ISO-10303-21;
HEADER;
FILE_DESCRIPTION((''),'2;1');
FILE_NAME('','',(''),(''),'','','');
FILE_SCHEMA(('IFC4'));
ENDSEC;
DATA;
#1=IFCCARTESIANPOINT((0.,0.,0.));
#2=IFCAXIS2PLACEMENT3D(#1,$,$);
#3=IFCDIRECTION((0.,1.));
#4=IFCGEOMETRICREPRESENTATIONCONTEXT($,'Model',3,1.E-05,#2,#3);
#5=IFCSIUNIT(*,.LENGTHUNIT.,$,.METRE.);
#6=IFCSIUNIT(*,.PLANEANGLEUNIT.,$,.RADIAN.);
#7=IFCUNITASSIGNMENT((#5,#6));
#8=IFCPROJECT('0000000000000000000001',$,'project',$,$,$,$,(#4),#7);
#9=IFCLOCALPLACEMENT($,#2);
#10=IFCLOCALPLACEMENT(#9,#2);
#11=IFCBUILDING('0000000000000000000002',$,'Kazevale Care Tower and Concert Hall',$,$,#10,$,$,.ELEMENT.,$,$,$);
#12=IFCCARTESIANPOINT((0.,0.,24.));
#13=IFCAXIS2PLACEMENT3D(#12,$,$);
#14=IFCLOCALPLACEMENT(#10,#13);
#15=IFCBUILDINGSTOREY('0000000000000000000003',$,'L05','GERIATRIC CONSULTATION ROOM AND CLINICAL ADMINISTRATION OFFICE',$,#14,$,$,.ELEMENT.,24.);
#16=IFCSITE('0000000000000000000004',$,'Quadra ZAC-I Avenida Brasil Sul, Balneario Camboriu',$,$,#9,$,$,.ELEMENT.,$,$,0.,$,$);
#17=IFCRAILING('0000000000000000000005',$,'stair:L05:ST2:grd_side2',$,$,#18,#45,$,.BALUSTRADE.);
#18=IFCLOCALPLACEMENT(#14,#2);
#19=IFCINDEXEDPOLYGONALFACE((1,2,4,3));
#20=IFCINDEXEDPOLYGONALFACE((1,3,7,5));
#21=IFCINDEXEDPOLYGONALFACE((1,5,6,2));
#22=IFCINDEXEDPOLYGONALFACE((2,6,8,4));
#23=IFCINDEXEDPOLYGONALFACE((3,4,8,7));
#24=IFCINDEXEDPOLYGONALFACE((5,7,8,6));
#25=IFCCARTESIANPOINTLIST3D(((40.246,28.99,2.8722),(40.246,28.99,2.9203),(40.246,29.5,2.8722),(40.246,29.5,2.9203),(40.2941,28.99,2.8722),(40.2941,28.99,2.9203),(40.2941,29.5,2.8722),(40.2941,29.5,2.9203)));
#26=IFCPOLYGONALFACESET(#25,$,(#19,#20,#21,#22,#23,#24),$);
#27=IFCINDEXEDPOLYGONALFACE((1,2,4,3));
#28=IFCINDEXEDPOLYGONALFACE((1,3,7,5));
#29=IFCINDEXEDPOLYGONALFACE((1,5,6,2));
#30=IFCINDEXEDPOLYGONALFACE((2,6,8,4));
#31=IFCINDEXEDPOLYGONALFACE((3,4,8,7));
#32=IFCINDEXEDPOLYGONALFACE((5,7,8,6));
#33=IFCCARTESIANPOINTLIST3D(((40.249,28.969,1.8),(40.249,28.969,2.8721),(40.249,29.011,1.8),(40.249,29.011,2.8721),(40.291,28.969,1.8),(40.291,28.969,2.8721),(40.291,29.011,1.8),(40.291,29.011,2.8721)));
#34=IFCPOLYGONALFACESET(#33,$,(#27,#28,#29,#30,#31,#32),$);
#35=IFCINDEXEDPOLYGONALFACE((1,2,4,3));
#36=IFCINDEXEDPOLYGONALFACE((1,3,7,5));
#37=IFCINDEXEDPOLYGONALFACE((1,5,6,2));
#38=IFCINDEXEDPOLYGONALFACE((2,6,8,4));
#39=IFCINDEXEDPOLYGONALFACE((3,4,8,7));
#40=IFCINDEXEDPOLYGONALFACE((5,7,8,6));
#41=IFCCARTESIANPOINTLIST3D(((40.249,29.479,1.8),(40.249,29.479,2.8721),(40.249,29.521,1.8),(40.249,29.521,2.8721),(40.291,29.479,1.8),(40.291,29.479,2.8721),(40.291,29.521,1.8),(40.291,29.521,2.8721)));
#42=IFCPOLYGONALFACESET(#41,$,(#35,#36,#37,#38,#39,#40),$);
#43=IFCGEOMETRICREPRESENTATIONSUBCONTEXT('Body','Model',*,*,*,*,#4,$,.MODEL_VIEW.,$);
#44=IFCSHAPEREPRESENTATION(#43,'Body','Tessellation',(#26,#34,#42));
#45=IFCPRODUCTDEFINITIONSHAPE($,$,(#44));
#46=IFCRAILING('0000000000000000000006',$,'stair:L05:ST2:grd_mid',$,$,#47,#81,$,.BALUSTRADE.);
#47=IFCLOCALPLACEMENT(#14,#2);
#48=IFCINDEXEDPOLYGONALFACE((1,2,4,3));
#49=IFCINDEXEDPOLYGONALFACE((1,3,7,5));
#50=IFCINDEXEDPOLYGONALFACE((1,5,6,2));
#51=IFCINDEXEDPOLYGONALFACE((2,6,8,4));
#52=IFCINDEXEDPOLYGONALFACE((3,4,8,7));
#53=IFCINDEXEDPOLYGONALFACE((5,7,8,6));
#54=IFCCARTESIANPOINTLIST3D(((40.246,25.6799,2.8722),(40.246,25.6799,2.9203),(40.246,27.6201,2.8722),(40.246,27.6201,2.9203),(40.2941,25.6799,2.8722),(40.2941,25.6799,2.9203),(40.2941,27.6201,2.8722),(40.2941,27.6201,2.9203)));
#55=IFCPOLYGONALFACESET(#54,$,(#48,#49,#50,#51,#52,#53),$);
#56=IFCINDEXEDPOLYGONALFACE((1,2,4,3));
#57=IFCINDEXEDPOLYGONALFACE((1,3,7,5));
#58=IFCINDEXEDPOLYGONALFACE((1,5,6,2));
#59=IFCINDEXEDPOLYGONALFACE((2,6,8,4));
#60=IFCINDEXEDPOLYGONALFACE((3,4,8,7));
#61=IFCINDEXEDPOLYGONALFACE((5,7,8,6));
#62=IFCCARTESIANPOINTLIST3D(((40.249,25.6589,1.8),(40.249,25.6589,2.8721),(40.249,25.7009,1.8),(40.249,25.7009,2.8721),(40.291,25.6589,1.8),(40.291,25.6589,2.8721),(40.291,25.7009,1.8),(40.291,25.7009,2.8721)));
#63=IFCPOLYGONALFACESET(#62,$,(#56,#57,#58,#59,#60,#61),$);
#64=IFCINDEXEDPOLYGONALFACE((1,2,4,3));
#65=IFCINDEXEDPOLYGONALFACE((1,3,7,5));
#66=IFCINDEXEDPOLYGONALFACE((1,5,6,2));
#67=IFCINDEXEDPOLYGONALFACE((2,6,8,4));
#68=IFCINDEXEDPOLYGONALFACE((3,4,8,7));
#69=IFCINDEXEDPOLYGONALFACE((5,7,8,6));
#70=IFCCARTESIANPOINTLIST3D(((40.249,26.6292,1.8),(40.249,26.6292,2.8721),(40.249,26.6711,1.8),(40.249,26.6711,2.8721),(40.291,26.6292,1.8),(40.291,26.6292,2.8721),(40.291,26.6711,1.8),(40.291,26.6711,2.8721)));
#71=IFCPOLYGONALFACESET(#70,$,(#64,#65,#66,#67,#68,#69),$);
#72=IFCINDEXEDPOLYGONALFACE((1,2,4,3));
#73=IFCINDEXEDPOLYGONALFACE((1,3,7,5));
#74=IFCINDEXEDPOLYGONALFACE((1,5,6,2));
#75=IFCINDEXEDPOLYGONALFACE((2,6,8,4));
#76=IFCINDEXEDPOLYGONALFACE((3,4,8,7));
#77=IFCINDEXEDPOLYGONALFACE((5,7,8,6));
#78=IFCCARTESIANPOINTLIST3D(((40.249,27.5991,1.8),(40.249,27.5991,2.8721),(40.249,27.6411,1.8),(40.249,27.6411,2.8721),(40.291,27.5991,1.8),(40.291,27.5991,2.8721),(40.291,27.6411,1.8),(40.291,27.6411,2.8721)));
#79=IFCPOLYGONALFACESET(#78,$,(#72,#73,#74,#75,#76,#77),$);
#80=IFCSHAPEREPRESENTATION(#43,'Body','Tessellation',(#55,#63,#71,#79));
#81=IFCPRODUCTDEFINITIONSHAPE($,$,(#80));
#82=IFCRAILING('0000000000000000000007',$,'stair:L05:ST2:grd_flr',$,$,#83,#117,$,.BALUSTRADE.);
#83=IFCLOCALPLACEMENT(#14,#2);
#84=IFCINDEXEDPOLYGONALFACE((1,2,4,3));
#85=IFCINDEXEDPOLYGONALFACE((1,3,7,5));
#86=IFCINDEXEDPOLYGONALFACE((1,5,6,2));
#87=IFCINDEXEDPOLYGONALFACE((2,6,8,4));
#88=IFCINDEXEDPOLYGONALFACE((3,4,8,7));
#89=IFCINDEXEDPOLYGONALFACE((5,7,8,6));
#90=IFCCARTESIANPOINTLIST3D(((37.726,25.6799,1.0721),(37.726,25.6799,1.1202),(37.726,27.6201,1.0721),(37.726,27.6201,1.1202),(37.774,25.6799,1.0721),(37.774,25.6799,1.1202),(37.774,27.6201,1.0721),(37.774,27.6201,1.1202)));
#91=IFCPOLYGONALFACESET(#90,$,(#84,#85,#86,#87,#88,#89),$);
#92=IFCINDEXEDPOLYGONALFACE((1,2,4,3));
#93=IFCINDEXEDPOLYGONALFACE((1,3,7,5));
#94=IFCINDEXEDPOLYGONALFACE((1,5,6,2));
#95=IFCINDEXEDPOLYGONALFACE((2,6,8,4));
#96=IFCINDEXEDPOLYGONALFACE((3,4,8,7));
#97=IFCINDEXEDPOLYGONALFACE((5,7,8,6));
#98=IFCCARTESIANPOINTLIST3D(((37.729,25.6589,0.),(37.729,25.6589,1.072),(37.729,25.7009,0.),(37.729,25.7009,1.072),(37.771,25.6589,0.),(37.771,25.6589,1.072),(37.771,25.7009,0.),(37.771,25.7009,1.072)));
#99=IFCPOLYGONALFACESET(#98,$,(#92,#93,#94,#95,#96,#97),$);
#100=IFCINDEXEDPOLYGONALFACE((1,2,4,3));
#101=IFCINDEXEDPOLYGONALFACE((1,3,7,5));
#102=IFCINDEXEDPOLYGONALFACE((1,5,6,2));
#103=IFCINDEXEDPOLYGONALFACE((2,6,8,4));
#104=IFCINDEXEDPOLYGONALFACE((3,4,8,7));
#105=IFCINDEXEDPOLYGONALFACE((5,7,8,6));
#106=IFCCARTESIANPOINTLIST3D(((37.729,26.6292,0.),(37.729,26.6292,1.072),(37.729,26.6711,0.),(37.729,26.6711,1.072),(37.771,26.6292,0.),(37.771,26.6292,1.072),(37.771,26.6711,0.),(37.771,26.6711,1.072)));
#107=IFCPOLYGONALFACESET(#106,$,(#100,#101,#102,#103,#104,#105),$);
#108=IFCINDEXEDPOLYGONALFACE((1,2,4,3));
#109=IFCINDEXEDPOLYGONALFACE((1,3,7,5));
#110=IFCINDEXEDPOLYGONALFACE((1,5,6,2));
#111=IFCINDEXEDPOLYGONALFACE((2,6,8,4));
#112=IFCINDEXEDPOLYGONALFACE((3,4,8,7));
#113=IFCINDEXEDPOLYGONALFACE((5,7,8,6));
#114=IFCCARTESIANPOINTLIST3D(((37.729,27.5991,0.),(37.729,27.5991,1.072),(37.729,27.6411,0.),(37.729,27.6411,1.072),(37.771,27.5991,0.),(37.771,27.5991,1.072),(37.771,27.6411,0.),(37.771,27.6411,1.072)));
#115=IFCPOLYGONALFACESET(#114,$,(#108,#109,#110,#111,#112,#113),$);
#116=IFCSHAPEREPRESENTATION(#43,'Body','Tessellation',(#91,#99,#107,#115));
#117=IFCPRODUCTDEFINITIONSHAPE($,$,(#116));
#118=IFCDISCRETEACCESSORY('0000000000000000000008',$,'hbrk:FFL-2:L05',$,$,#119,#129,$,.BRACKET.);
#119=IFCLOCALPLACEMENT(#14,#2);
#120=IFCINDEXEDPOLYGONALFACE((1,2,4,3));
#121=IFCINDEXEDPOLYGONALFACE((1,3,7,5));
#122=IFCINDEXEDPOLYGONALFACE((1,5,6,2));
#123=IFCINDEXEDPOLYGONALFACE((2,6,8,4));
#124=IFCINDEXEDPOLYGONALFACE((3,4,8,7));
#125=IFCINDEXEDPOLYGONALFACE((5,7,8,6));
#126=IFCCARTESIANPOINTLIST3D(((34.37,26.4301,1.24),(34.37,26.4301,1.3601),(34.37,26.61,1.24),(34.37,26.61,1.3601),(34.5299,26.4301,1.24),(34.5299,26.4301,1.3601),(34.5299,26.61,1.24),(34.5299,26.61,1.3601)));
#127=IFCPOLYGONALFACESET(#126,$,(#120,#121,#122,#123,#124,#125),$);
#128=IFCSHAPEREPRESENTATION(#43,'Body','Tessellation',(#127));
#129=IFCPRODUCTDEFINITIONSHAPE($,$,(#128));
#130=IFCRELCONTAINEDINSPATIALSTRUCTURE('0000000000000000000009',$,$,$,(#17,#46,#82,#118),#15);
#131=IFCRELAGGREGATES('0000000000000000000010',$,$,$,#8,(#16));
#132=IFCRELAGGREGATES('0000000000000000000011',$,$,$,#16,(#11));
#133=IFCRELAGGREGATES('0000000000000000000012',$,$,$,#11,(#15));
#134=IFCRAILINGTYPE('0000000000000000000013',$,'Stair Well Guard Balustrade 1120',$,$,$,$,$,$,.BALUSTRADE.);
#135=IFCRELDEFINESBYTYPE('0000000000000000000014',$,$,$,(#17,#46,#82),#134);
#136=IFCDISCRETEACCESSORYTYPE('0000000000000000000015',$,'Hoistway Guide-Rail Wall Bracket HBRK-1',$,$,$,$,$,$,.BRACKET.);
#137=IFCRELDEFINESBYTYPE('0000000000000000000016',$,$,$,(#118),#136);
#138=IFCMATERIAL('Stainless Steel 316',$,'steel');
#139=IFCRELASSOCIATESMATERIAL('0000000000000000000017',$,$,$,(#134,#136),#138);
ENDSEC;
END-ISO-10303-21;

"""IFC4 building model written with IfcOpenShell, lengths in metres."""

from ifc_helpers import new_model, si_unit, direction, frame, origin, origin_2d, place, context, subcontext, project, spatial, rectangle, extrude, material, type_object, element, save


model = new_model("IFC4")

# Units and contexts
model_context = context("Model", 3, precision=1e-05, world=origin(), true_north=direction((0.0, 1.0)))
body_context = subcontext(model_context, "Body", "Model", "MODEL_VIEW")
ifc_project = project(units=[si_unit("LENGTHUNIT", "METRE"), si_unit("PLANEANGLEUNIT", "RADIAN")], contexts=[model_context])

# Site, building, storey
site_placement = place(None, origin())
site = spatial("IfcSite", under=ifc_project, at=site_placement, Name="Quadra ZAC-I Avenida Brasil Sul, Balneario Camboriu", CompositionType="ELEMENT", RefElevation=0.0)
building_placement = place(site_placement, origin())
building = spatial("IfcBuilding", under=site, at=building_placement, Name="Kazevale Care Tower and Concert Hall", CompositionType="ELEMENT")
storey_placement = place(building_placement, frame((0.0, 0.0, 24.0)))
storey = spatial("IfcBuildingStorey", under=building, at=storey_placement, Name="L05", Description="GERIATRIC CONSULTATION ROOM AND CLINICAL ADMINISTRATION OFFICE", CompositionType="ELEMENT", Elevation=24.0)

# Railings
ifc_material_1 = material(Name="Stainless Steel 316", Category="steel")
railing_type_1 = type_object("IfcRailingType", Name="Stair Well Guard Balustrade 1120", PredefinedType="BALUSTRADE", material=ifc_material_1)
railing_1_placement = place(storey_placement, frame((40.27, 28.99, 1.8)))
element("IfcRailing", 1, at=railing_1_placement, inside=storey, type_object=railing_type_1, Name="stair:L05:ST2:grd_side2", PredefinedType="BALUSTRADE", context=body_context, shape_type="SweptSolid", body=[
    extrude(rectangle(XDim=0.0481, YDim=0.0481, at=origin_2d()), frame((0.0, 0.0, 1.0962), z_axis=(0.0, 1.0, 0.0), x_axis=(-1.0, 0.0, 0.0)), (0.0, 0.0, 1.0), 0.51),
    extrude(rectangle(XDim=0.042, YDim=0.042, at=origin_2d()), origin(), (0.0, 0.0, 1.0), 1.072),
    extrude(rectangle(XDim=0.042, YDim=0.042, at=origin_2d()), frame((0.0, 0.51, 0.0)), (0.0, 0.0, 1.0), 1.072),
])
for number, where, name in (
    (2, (40.27, 25.6799, 1.8), "stair:L05:ST2:grd_mid"),
    (3, (37.75, 25.6799, 0.0), "stair:L05:ST2:grd_flr"),
):
    element("IfcRailing", number, at=place(storey_placement, frame(where)), inside=storey, type_object=railing_type_1, Name=name, PredefinedType="BALUSTRADE", context=body_context, shape_type="SweptSolid", body=[
        extrude(rectangle(XDim=0.0481, YDim=0.0481, at=origin_2d()), frame((0.0, 0.0, 1.0962), z_axis=(0.0, 1.0, 0.0), x_axis=(-1.0, 0.0, 0.0)), (0.0, 0.0, 1.0), 1.9402),
        extrude(rectangle(XDim=0.042, YDim=0.042, at=origin_2d()), origin(), (0.0, 0.0, 1.0), 1.072),
        extrude(rectangle(XDim=0.042, YDim=0.042, at=origin_2d()), frame((0.0, 0.9702, 0.0)), (0.0, 0.0, 1.0), 1.072),
        extrude(rectangle(XDim=0.042, YDim=0.042, at=origin_2d()), frame((0.0, 1.9402, 0.0)), (0.0, 0.0, 1.0), 1.072),
    ])

# Discrete accessory
discrete_accessory_type = type_object("IfcDiscreteAccessoryType", Name="Hoistway Guide-Rail Wall Bracket HBRK-1", PredefinedType="BRACKET", material=ifc_material_1)
discrete_accessory_placement = place(storey_placement, frame((34.45, 26.52, 1.24), z_axis=(0.0, 0.0, 1.0), x_axis=(1.0, 0.0, 0.0)))
element("IfcDiscreteAccessory", 4, at=discrete_accessory_placement, inside=storey, type_object=discrete_accessory_type, Name="hbrk:FFL-2:L05", PredefinedType="BRACKET", context=body_context, shape_type="SweptSolid", body=[
    extrude(rectangle(XDim=0.1599, YDim=0.1799, at=origin_2d()), origin(), (0.0, 0.0, 1.0), 0.1201),
])

save(model, "model.ifc")
